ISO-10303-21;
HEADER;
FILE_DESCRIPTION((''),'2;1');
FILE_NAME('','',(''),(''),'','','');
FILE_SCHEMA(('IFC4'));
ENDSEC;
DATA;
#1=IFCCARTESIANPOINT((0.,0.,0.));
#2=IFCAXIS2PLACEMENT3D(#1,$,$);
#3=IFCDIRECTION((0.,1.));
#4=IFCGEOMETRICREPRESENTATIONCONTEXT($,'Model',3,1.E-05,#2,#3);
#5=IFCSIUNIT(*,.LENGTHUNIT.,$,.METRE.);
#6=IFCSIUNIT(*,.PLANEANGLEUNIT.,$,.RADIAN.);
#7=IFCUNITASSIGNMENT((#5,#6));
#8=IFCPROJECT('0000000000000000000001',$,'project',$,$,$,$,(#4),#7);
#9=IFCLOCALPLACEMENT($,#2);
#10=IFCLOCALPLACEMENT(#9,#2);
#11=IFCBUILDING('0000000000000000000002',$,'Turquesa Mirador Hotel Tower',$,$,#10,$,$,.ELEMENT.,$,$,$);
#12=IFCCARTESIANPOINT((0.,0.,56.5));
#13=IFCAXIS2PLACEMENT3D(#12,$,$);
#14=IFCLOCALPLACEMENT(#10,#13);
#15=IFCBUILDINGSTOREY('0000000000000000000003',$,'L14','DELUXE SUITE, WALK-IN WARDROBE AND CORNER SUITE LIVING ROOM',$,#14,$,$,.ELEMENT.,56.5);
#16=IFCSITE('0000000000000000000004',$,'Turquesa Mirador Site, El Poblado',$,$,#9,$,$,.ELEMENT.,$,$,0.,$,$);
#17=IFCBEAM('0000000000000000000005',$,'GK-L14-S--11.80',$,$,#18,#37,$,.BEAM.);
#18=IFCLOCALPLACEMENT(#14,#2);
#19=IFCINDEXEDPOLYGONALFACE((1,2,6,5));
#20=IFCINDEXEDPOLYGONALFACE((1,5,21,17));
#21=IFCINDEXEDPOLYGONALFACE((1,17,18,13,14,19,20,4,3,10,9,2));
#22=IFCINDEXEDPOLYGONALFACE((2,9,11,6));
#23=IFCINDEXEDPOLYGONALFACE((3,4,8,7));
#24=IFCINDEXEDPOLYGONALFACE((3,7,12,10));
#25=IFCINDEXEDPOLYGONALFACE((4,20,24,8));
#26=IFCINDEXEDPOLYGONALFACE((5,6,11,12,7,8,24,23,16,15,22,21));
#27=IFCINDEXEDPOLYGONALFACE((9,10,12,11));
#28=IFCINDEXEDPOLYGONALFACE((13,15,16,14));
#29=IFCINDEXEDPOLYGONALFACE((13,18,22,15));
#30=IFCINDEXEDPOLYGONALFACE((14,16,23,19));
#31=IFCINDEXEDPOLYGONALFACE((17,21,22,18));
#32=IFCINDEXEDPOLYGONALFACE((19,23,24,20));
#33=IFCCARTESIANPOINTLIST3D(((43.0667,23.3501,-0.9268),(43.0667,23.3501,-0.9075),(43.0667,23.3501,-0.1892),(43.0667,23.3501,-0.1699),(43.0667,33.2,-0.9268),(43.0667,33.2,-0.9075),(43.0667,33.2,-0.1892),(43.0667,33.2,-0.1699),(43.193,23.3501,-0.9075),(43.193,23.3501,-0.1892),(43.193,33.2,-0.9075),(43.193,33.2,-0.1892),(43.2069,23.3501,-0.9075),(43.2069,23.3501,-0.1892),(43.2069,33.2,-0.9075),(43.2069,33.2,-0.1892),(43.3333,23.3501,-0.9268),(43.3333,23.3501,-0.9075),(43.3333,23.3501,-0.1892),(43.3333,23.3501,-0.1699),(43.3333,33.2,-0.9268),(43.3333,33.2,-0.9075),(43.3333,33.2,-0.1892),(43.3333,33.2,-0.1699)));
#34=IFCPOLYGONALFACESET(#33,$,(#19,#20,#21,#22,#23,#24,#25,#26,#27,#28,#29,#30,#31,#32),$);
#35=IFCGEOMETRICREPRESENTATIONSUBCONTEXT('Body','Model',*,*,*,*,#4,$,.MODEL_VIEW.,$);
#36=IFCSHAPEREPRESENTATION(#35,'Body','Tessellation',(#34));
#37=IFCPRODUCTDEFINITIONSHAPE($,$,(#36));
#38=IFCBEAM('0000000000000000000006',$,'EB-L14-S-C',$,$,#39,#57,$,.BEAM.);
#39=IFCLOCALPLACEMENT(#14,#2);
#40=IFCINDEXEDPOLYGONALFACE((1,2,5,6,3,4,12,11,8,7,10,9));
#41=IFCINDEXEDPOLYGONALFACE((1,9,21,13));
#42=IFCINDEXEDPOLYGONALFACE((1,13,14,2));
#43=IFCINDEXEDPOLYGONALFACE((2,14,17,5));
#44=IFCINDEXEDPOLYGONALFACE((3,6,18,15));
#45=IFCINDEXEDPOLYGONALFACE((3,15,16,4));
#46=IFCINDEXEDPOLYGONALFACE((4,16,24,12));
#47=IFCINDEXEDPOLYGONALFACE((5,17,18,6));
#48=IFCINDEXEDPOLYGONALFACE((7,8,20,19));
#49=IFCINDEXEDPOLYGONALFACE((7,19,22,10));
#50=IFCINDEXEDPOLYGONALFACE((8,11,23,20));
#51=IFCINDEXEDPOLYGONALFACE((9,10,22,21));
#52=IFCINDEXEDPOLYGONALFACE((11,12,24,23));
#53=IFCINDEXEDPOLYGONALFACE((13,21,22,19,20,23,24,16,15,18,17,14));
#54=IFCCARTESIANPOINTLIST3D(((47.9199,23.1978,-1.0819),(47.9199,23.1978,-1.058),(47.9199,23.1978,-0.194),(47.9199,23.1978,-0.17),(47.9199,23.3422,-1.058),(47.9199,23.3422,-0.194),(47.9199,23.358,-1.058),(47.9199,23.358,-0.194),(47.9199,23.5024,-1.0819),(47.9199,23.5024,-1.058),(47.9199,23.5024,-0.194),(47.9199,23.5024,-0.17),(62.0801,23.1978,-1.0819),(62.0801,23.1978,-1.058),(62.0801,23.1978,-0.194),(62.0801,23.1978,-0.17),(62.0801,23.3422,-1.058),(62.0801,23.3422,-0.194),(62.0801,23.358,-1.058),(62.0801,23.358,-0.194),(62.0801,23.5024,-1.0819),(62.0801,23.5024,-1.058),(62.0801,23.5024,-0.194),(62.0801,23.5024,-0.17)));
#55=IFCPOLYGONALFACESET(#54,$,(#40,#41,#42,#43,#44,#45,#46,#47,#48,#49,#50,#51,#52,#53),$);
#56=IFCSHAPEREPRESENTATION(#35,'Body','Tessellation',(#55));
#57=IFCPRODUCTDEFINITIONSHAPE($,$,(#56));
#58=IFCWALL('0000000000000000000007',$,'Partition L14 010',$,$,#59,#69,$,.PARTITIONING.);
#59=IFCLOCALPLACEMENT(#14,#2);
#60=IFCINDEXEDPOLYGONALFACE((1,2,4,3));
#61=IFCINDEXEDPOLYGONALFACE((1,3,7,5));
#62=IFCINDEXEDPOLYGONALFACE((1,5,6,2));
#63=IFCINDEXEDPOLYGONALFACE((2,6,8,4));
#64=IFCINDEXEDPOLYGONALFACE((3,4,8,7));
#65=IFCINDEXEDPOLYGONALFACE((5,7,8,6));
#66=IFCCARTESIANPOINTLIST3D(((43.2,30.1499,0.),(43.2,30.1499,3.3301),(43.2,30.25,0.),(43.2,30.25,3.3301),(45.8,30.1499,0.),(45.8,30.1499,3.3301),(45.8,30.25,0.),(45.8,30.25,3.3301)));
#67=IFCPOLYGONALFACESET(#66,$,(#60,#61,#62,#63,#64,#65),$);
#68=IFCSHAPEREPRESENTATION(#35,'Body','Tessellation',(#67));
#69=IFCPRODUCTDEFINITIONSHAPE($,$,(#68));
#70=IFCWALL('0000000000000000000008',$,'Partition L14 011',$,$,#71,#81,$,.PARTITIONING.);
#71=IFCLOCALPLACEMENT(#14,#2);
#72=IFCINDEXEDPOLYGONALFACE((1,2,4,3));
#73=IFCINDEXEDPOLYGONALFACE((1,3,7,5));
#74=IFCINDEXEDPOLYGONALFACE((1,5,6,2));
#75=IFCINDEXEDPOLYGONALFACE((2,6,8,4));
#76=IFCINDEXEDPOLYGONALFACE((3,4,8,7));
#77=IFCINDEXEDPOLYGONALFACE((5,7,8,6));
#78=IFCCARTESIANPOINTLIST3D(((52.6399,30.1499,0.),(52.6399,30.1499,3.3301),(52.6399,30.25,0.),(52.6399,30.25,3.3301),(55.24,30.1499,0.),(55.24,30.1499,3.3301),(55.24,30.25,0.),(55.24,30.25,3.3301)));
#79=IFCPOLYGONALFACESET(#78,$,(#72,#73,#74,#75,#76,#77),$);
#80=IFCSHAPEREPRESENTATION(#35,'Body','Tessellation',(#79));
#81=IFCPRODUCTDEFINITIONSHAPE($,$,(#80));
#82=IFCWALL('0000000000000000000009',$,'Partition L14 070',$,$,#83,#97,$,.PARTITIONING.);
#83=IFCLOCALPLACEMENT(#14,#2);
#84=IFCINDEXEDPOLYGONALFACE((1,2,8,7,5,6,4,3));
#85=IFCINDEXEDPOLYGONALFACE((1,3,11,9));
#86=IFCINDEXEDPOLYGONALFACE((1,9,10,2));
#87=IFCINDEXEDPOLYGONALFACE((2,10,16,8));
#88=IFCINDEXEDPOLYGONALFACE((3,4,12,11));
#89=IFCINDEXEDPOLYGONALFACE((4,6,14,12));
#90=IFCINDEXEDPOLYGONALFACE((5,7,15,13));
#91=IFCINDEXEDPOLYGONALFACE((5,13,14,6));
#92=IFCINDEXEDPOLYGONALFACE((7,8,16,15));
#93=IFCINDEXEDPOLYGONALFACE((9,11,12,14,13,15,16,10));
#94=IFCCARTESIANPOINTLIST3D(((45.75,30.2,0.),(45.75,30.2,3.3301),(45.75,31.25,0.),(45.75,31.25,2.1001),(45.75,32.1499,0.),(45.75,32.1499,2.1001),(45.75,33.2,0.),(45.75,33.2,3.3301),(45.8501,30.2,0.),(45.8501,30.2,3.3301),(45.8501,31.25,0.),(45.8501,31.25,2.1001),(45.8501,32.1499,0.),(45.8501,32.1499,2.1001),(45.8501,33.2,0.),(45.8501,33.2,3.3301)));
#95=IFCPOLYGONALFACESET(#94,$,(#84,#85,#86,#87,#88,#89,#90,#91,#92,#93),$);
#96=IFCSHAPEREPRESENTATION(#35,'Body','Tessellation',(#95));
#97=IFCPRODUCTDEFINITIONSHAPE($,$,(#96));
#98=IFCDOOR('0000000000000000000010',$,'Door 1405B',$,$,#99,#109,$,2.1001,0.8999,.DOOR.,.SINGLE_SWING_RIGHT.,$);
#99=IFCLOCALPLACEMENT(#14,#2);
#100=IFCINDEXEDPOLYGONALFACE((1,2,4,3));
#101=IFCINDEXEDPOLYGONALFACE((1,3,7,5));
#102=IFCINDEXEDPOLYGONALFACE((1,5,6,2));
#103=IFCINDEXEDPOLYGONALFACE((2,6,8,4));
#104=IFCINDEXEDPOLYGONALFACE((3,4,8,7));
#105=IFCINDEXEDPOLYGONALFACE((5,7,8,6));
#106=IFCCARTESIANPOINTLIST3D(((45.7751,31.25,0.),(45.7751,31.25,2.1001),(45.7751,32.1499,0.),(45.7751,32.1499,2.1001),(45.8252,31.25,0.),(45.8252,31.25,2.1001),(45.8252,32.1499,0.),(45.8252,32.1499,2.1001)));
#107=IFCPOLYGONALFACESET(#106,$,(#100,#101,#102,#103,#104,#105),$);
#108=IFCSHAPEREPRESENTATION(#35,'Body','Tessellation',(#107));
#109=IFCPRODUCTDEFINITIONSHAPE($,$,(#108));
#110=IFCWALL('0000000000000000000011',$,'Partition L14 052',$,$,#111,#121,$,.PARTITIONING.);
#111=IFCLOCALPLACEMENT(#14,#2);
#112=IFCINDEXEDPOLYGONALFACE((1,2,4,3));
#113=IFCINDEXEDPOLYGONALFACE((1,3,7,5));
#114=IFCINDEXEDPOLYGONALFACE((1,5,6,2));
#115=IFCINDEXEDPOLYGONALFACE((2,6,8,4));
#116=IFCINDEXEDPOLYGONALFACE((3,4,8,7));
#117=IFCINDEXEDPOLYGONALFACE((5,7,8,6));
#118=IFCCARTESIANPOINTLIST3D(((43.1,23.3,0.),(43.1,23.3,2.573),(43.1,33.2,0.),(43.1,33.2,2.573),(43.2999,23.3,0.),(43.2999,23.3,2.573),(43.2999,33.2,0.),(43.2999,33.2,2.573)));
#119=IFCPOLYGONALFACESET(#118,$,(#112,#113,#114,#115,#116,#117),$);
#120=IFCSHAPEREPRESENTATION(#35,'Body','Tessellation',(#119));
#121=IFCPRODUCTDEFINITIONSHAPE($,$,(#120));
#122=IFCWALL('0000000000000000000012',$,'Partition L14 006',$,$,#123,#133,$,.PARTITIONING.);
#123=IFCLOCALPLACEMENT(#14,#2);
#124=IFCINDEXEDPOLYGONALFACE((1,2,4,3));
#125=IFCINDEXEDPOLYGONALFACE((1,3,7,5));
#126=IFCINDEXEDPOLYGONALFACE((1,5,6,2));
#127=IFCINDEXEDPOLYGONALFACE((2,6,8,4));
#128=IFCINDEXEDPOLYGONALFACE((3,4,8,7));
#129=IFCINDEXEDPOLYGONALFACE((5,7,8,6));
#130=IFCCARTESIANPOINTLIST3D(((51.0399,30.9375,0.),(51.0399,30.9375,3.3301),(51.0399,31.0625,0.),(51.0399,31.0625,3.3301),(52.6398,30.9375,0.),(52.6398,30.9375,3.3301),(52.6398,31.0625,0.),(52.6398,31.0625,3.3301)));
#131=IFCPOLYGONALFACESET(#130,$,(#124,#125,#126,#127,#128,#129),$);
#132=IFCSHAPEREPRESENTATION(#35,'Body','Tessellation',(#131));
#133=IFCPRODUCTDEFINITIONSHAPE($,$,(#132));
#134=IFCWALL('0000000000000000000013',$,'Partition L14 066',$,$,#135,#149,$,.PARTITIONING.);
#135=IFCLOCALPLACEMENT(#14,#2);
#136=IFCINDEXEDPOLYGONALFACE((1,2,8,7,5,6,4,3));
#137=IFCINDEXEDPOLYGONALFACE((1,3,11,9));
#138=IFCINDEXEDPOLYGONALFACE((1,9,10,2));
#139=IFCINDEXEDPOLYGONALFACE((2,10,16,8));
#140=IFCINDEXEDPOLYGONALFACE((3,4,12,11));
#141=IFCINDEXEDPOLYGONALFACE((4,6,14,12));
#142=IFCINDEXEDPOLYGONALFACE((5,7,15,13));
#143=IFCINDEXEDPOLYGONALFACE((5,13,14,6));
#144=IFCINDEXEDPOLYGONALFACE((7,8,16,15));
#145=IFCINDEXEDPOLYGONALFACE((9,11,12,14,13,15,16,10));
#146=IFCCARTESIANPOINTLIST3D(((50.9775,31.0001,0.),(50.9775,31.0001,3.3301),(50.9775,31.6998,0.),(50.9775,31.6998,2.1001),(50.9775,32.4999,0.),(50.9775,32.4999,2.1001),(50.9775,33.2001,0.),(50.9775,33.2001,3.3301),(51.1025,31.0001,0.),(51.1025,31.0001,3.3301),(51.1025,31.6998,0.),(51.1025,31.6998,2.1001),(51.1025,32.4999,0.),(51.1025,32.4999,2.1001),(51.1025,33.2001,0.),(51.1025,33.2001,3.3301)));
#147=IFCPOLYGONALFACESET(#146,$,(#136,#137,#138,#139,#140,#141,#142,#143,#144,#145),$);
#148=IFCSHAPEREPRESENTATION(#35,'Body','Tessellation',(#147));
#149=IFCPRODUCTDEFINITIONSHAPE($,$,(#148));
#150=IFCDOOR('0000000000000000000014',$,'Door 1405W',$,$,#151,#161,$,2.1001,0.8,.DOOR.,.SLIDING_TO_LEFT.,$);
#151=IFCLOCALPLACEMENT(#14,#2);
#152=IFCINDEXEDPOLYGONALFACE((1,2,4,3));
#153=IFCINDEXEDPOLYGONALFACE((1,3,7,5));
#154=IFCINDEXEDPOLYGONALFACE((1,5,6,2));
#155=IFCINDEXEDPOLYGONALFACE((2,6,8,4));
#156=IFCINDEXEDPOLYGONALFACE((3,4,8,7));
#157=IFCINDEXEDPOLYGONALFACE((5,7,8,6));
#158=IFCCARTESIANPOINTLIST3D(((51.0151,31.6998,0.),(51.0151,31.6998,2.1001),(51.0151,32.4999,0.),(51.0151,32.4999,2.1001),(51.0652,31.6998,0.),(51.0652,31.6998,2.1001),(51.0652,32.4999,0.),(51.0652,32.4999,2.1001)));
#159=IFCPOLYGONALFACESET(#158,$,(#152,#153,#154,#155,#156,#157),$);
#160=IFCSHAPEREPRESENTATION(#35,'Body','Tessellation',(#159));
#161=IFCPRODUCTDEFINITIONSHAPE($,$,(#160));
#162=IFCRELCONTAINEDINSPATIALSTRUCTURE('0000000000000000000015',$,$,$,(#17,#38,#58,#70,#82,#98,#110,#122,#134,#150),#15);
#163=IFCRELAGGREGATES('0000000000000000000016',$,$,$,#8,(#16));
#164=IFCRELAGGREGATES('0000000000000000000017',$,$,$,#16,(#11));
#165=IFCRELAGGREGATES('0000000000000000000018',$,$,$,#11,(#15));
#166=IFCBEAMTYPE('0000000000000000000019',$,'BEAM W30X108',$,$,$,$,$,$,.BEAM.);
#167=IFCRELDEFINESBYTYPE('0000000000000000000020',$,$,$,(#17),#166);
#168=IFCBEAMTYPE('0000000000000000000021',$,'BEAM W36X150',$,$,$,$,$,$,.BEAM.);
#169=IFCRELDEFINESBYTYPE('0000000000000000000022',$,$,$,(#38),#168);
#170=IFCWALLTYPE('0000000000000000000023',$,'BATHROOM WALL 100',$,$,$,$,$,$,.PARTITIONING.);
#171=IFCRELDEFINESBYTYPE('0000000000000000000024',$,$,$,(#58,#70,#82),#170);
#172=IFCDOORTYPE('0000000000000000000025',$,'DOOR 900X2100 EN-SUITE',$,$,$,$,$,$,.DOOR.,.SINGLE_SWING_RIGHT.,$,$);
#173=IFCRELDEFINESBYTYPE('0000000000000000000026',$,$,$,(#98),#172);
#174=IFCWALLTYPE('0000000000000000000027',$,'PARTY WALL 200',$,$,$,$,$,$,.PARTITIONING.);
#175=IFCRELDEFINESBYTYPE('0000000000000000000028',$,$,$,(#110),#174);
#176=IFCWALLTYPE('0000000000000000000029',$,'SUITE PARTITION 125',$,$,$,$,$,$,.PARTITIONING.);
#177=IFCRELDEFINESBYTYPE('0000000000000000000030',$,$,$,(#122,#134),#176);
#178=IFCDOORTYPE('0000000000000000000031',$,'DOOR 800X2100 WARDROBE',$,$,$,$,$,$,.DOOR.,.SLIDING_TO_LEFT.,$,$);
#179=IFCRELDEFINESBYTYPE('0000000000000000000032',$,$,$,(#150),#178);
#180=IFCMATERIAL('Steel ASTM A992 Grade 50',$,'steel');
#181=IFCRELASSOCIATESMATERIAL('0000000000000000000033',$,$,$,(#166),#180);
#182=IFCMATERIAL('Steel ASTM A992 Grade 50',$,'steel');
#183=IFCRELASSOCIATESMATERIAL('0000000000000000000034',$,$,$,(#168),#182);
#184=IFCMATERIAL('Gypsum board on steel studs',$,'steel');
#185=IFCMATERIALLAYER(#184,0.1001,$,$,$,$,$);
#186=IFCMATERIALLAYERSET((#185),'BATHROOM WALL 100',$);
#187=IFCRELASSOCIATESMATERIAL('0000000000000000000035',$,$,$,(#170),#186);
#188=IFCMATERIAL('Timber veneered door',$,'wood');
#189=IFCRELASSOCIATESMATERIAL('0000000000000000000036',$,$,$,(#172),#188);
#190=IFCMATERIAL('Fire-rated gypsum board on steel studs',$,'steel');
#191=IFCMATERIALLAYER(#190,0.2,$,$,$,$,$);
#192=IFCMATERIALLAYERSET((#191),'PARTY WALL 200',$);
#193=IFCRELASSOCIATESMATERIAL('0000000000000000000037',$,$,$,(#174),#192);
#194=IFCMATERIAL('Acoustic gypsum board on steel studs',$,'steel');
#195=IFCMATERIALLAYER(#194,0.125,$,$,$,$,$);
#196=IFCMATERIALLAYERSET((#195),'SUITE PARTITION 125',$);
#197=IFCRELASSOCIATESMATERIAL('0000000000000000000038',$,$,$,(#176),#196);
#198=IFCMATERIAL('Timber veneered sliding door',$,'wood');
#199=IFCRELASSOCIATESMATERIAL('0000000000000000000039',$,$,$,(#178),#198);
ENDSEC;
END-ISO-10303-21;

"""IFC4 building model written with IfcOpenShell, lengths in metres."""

from ifc_helpers import new_model, si_unit, direction, frame, frame_2d, origin, origin_2d, place, context, subcontext, project, spatial, rectangle, i_section, extrude, material, layer, layer_set, material_profile, profile_set, type_object, element, fill, save


model = new_model("IFC4")

# Units and contexts
model_context = context("Model", 3, precision=1e-05, world=origin(), true_north=direction((0.0, 1.0)))
body_context = subcontext(model_context, "Body", "Model", "MODEL_VIEW")
ifc_project = project(units=[si_unit("LENGTHUNIT", "METRE"), si_unit("PLANEANGLEUNIT", "RADIAN")], contexts=[model_context])

# Site, building, storey
site_placement = place(None, origin())
site = spatial("IfcSite", under=ifc_project, at=site_placement, Name="Turquesa Mirador Site, El Poblado", CompositionType="ELEMENT", RefElevation=0.0)
building_placement = place(site_placement, origin())
building = spatial("IfcBuilding", under=site, at=building_placement, Name="Turquesa Mirador Hotel Tower", CompositionType="ELEMENT")
storey_placement = place(building_placement, frame((0.0, 0.0, 56.5)))
storey = spatial("IfcBuildingStorey", under=building, at=storey_placement, Name="L14", Description="DELUXE SUITE, WALK-IN WARDROBE AND CORNER SUITE LIVING ROOM", CompositionType="ELEMENT", Elevation=56.5)

# Beams
ifc_material_1 = material(Name="Steel ASTM A992 Grade 50", Category="steel")
ifc_material_profile_1 = material_profile(ifc_material_1, i_section(OverallWidth=0.2666, OverallDepth=0.7568, WebThickness=0.0139, FlangeThickness=0.0193, at=origin_2d()), Name="W30X108")
ifc_profile_set_1 = profile_set([ifc_material_profile_1], Name="Steel ASTM A992 Grade 50")
beam_type_1 = type_object("IfcBeamType", Name="BEAM W30X108", PredefinedType="BEAM", material=ifc_profile_set_1)
beam_1_placement = place(storey_placement, frame((43.2, 23.3501, -0.5483), z_axis=(0.0, 1.0, 0.0), x_axis=(-1.0, 0.0, 0.0)))
element("IfcBeam", 1, at=beam_1_placement, inside=storey, type_object=beam_type_1, Name="GK-L14-S--11.80", PredefinedType="BEAM", context=body_context, shape_type="SweptSolid", body=[
    extrude(i_section(OverallWidth=0.2666, OverallDepth=0.7568, WebThickness=0.0139, FlangeThickness=0.0193, at=origin_2d()), origin(), (0.0, 0.0, 1.0), 9.8499),
])
ifc_material_2 = material(Name="Steel ASTM A992 Grade 50", Category="steel")
ifc_material_profile_2 = material_profile(ifc_material_2, i_section(OverallWidth=0.3047, OverallDepth=0.9119, WebThickness=0.0159, FlangeThickness=0.0239, at=origin_2d()), Name="W36X150")
ifc_profile_set_2 = profile_set([ifc_material_profile_2], Name="Steel ASTM A992 Grade 50")
beam_type_2 = type_object("IfcBeamType", Name="BEAM W36X150", PredefinedType="BEAM", material=ifc_profile_set_2)
beam_2_placement = place(storey_placement, frame((47.9199, 23.3501, -0.626), z_axis=(1.0, 0.0, 0.0), x_axis=(0.0, 1.0, 0.0)))
element("IfcBeam", 2, at=beam_2_placement, inside=storey, type_object=beam_type_2, Name="EB-L14-S-C", PredefinedType="BEAM", context=body_context, shape_type="SweptSolid", body=[
    extrude(i_section(OverallWidth=0.3047, OverallDepth=0.9119, WebThickness=0.0159, FlangeThickness=0.0239, at=origin_2d()), origin(), (0.0, 0.0, 1.0), 14.1602),
])

# Walls
ifc_material_3 = material(Name="Gypsum board on steel studs", Category="steel")
ifc_layer_1 = layer(ifc_material_3, 0.1001)
ifc_layer_set_1 = layer_set([ifc_layer_1], Name="BATHROOM WALL 100")
wall_type_1 = type_object("IfcWallType", Name="BATHROOM WALL 100", PredefinedType="PARTITIONING", material=ifc_layer_set_1)
for number, where, z_axis, x_axis, name in (
    (3, (43.2, 30.2, 0.0), (0.0, 0.0, 1.0), (1.0, 0.0, 0.0), "Partition L14 010"),
    (4, (52.6399, 30.2, 0.0), (0.0, 0.0, 1.0), (1.0, 0.0, 0.0), "Partition L14 011"),
):
    element("IfcWall", number, at=place(storey_placement, frame(where, z_axis=z_axis, x_axis=x_axis)), inside=storey, type_object=wall_type_1, Name=name, PredefinedType="PARTITIONING", context=body_context, shape_type="SweptSolid", body=[
        extrude(rectangle(XDim=2.6001, YDim=0.1001, at=frame_2d((1.3, 0.0))), origin(), (0.0, 0.0, 1.0), 3.3301),
    ])

# Wall, opening, door
wall_1_placement = place(storey_placement, frame((45.8, 30.2, 0.0), z_axis=(0.0, 0.0, 1.0), x_axis=(0.0, 1.0, 0.0)))
wall_1 = element("IfcWall", 5, at=wall_1_placement, inside=storey, type_object=wall_type_1, Name="Partition L14 070", PredefinedType="PARTITIONING", context=body_context, shape_type="SweptSolid", body=[
    extrude(rectangle(XDim=3.0, YDim=0.1001, at=frame_2d((1.5, 0.0))), origin(), (0.0, 0.0, 1.0), 3.3301),
])
opening_1_placement = place(wall_1_placement, frame((1.05, 0.0, 0.0)))
opening_1 = element("IfcOpeningElement", 6, at=opening_1_placement, cuts=wall_1, PredefinedType="OPENING", context=body_context, shape_type="SweptSolid", body=[
    extrude(rectangle(XDim=0.8999, YDim=2.1001, at=frame_2d((0.45, 1.05))), frame((0.0, 0.0601, 0.0), z_axis=(0.0, -1.0, 0.0), x_axis=(1.0, 0.0, 0.0)), (0.0, 0.0, 1.0), 0.1201),
])
ifc_material_4 = material(Name="Timber veneered door", Category="wood")
door_type_1 = type_object("IfcDoorType", Name="DOOR 900X2100 EN-SUITE", OperationType="SINGLE_SWING_RIGHT", PredefinedType="DOOR", material=ifc_material_4)
door_1_placement = place(opening_1_placement, origin())
door_1 = element("IfcDoor", 7, at=door_1_placement, inside=storey, type_object=door_type_1, Name="Door 1405B", OperationType="SINGLE_SWING_RIGHT", OverallHeight=2.1001, OverallWidth=0.8999, PredefinedType="DOOR", context=body_context, shape_type="SweptSolid", body=[
    extrude(rectangle(XDim=0.8999, YDim=2.1001, at=frame_2d((0.45, 1.05))), frame((0.0, 0.0249, 0.0), z_axis=(0.0, -1.0, 0.0), x_axis=(1.0, 0.0, 0.0)), (0.0, 0.0, 1.0), 0.05),
])
fill(opening_1, door_1)

# Walls
ifc_material_5 = material(Name="Fire-rated gypsum board on steel studs", Category="steel")
ifc_layer_2 = layer(ifc_material_5, 0.2)
ifc_layer_set_2 = layer_set([ifc_layer_2], Name="PARTY WALL 200")
wall_type_2 = type_object("IfcWallType", Name="PARTY WALL 200", PredefinedType="PARTITIONING", material=ifc_layer_set_2)
wall_2_placement = place(storey_placement, frame((43.2, 23.3, 0.0), z_axis=(0.0, 0.0, 1.0), x_axis=(0.0, 1.0, 0.0)))
element("IfcWall", 8, at=wall_2_placement, inside=storey, type_object=wall_type_2, Name="Partition L14 052", PredefinedType="PARTITIONING", context=body_context, shape_type="SweptSolid", body=[
    extrude(rectangle(XDim=9.8999, YDim=0.2, at=frame_2d((4.95, 0.0))), origin(), (0.0, 0.0, 1.0), 2.573),
])
ifc_material_6 = material(Name="Acoustic gypsum board on steel studs", Category="steel")
ifc_layer_3 = layer(ifc_material_6, 0.125)
ifc_layer_set_3 = layer_set([ifc_layer_3], Name="SUITE PARTITION 125")
wall_type_3 = type_object("IfcWallType", Name="SUITE PARTITION 125", PredefinedType="PARTITIONING", material=ifc_layer_set_3)
wall_3_placement = place(storey_placement, frame((51.04, 31.0, 0.0), z_axis=(0.0, 0.0, 1.0), x_axis=(1.0, 0.0, 0.0)))
element("IfcWall", 9, at=wall_3_placement, inside=storey, type_object=wall_type_3, Name="Partition L14 006", PredefinedType="PARTITIONING", context=body_context, shape_type="SweptSolid", body=[
    extrude(rectangle(XDim=1.5999, YDim=0.125, at=frame_2d((0.7998, 0.0))), origin(), (0.0, 0.0, 1.0), 3.3301),
])

# Wall, opening, door
wall_4_placement = place(storey_placement, frame((51.04, 31.0, 0.0), z_axis=(0.0, 0.0, 1.0), x_axis=(0.0, 1.0, 0.0)))
wall_4 = element("IfcWall", 10, at=wall_4_placement, inside=storey, type_object=wall_type_3, Name="Partition L14 066", PredefinedType="PARTITIONING", context=body_context, shape_type="SweptSolid", body=[
    extrude(rectangle(XDim=2.2, YDim=0.125, at=frame_2d((1.1001, 0.0))), origin(), (0.0, 0.0, 1.0), 3.3301),
])
opening_2_placement = place(wall_4_placement, frame((0.7, 0.0, 0.0)))
opening_2 = element("IfcOpeningElement", 11, at=opening_2_placement, cuts=wall_4, PredefinedType="OPENING", context=body_context, shape_type="SweptSolid", body=[
    extrude(rectangle(XDim=0.8, YDim=2.1001, at=frame_2d((0.3999, 1.05))), frame((0.0, 0.0725, 0.0), z_axis=(0.0, -1.0, 0.0), x_axis=(1.0, 0.0, 0.0)), (0.0, 0.0, 1.0), 0.145),
])
ifc_material_7 = material(Name="Timber veneered sliding door", Category="wood")
door_type_2 = type_object("IfcDoorType", Name="DOOR 800X2100 WARDROBE", OperationType="SLIDING_TO_LEFT", PredefinedType="DOOR", material=ifc_material_7)
door_2_placement = place(opening_2_placement, origin())
door_2 = element("IfcDoor", 12, at=door_2_placement, inside=storey, type_object=door_type_2, Name="Door 1405W", OperationType="SLIDING_TO_LEFT", OverallHeight=2.1001, OverallWidth=0.8, PredefinedType="DOOR", context=body_context, shape_type="SweptSolid", body=[
    extrude(rectangle(XDim=0.8, YDim=2.1001, at=frame_2d((0.3999, 1.05))), frame((0.0, 0.0249, 0.0), z_axis=(0.0, -1.0, 0.0), x_axis=(1.0, 0.0, 0.0)), (0.0, 0.0, 1.0), 0.05),
])
fill(opening_2, door_2)

save(model, "model.ifc")
